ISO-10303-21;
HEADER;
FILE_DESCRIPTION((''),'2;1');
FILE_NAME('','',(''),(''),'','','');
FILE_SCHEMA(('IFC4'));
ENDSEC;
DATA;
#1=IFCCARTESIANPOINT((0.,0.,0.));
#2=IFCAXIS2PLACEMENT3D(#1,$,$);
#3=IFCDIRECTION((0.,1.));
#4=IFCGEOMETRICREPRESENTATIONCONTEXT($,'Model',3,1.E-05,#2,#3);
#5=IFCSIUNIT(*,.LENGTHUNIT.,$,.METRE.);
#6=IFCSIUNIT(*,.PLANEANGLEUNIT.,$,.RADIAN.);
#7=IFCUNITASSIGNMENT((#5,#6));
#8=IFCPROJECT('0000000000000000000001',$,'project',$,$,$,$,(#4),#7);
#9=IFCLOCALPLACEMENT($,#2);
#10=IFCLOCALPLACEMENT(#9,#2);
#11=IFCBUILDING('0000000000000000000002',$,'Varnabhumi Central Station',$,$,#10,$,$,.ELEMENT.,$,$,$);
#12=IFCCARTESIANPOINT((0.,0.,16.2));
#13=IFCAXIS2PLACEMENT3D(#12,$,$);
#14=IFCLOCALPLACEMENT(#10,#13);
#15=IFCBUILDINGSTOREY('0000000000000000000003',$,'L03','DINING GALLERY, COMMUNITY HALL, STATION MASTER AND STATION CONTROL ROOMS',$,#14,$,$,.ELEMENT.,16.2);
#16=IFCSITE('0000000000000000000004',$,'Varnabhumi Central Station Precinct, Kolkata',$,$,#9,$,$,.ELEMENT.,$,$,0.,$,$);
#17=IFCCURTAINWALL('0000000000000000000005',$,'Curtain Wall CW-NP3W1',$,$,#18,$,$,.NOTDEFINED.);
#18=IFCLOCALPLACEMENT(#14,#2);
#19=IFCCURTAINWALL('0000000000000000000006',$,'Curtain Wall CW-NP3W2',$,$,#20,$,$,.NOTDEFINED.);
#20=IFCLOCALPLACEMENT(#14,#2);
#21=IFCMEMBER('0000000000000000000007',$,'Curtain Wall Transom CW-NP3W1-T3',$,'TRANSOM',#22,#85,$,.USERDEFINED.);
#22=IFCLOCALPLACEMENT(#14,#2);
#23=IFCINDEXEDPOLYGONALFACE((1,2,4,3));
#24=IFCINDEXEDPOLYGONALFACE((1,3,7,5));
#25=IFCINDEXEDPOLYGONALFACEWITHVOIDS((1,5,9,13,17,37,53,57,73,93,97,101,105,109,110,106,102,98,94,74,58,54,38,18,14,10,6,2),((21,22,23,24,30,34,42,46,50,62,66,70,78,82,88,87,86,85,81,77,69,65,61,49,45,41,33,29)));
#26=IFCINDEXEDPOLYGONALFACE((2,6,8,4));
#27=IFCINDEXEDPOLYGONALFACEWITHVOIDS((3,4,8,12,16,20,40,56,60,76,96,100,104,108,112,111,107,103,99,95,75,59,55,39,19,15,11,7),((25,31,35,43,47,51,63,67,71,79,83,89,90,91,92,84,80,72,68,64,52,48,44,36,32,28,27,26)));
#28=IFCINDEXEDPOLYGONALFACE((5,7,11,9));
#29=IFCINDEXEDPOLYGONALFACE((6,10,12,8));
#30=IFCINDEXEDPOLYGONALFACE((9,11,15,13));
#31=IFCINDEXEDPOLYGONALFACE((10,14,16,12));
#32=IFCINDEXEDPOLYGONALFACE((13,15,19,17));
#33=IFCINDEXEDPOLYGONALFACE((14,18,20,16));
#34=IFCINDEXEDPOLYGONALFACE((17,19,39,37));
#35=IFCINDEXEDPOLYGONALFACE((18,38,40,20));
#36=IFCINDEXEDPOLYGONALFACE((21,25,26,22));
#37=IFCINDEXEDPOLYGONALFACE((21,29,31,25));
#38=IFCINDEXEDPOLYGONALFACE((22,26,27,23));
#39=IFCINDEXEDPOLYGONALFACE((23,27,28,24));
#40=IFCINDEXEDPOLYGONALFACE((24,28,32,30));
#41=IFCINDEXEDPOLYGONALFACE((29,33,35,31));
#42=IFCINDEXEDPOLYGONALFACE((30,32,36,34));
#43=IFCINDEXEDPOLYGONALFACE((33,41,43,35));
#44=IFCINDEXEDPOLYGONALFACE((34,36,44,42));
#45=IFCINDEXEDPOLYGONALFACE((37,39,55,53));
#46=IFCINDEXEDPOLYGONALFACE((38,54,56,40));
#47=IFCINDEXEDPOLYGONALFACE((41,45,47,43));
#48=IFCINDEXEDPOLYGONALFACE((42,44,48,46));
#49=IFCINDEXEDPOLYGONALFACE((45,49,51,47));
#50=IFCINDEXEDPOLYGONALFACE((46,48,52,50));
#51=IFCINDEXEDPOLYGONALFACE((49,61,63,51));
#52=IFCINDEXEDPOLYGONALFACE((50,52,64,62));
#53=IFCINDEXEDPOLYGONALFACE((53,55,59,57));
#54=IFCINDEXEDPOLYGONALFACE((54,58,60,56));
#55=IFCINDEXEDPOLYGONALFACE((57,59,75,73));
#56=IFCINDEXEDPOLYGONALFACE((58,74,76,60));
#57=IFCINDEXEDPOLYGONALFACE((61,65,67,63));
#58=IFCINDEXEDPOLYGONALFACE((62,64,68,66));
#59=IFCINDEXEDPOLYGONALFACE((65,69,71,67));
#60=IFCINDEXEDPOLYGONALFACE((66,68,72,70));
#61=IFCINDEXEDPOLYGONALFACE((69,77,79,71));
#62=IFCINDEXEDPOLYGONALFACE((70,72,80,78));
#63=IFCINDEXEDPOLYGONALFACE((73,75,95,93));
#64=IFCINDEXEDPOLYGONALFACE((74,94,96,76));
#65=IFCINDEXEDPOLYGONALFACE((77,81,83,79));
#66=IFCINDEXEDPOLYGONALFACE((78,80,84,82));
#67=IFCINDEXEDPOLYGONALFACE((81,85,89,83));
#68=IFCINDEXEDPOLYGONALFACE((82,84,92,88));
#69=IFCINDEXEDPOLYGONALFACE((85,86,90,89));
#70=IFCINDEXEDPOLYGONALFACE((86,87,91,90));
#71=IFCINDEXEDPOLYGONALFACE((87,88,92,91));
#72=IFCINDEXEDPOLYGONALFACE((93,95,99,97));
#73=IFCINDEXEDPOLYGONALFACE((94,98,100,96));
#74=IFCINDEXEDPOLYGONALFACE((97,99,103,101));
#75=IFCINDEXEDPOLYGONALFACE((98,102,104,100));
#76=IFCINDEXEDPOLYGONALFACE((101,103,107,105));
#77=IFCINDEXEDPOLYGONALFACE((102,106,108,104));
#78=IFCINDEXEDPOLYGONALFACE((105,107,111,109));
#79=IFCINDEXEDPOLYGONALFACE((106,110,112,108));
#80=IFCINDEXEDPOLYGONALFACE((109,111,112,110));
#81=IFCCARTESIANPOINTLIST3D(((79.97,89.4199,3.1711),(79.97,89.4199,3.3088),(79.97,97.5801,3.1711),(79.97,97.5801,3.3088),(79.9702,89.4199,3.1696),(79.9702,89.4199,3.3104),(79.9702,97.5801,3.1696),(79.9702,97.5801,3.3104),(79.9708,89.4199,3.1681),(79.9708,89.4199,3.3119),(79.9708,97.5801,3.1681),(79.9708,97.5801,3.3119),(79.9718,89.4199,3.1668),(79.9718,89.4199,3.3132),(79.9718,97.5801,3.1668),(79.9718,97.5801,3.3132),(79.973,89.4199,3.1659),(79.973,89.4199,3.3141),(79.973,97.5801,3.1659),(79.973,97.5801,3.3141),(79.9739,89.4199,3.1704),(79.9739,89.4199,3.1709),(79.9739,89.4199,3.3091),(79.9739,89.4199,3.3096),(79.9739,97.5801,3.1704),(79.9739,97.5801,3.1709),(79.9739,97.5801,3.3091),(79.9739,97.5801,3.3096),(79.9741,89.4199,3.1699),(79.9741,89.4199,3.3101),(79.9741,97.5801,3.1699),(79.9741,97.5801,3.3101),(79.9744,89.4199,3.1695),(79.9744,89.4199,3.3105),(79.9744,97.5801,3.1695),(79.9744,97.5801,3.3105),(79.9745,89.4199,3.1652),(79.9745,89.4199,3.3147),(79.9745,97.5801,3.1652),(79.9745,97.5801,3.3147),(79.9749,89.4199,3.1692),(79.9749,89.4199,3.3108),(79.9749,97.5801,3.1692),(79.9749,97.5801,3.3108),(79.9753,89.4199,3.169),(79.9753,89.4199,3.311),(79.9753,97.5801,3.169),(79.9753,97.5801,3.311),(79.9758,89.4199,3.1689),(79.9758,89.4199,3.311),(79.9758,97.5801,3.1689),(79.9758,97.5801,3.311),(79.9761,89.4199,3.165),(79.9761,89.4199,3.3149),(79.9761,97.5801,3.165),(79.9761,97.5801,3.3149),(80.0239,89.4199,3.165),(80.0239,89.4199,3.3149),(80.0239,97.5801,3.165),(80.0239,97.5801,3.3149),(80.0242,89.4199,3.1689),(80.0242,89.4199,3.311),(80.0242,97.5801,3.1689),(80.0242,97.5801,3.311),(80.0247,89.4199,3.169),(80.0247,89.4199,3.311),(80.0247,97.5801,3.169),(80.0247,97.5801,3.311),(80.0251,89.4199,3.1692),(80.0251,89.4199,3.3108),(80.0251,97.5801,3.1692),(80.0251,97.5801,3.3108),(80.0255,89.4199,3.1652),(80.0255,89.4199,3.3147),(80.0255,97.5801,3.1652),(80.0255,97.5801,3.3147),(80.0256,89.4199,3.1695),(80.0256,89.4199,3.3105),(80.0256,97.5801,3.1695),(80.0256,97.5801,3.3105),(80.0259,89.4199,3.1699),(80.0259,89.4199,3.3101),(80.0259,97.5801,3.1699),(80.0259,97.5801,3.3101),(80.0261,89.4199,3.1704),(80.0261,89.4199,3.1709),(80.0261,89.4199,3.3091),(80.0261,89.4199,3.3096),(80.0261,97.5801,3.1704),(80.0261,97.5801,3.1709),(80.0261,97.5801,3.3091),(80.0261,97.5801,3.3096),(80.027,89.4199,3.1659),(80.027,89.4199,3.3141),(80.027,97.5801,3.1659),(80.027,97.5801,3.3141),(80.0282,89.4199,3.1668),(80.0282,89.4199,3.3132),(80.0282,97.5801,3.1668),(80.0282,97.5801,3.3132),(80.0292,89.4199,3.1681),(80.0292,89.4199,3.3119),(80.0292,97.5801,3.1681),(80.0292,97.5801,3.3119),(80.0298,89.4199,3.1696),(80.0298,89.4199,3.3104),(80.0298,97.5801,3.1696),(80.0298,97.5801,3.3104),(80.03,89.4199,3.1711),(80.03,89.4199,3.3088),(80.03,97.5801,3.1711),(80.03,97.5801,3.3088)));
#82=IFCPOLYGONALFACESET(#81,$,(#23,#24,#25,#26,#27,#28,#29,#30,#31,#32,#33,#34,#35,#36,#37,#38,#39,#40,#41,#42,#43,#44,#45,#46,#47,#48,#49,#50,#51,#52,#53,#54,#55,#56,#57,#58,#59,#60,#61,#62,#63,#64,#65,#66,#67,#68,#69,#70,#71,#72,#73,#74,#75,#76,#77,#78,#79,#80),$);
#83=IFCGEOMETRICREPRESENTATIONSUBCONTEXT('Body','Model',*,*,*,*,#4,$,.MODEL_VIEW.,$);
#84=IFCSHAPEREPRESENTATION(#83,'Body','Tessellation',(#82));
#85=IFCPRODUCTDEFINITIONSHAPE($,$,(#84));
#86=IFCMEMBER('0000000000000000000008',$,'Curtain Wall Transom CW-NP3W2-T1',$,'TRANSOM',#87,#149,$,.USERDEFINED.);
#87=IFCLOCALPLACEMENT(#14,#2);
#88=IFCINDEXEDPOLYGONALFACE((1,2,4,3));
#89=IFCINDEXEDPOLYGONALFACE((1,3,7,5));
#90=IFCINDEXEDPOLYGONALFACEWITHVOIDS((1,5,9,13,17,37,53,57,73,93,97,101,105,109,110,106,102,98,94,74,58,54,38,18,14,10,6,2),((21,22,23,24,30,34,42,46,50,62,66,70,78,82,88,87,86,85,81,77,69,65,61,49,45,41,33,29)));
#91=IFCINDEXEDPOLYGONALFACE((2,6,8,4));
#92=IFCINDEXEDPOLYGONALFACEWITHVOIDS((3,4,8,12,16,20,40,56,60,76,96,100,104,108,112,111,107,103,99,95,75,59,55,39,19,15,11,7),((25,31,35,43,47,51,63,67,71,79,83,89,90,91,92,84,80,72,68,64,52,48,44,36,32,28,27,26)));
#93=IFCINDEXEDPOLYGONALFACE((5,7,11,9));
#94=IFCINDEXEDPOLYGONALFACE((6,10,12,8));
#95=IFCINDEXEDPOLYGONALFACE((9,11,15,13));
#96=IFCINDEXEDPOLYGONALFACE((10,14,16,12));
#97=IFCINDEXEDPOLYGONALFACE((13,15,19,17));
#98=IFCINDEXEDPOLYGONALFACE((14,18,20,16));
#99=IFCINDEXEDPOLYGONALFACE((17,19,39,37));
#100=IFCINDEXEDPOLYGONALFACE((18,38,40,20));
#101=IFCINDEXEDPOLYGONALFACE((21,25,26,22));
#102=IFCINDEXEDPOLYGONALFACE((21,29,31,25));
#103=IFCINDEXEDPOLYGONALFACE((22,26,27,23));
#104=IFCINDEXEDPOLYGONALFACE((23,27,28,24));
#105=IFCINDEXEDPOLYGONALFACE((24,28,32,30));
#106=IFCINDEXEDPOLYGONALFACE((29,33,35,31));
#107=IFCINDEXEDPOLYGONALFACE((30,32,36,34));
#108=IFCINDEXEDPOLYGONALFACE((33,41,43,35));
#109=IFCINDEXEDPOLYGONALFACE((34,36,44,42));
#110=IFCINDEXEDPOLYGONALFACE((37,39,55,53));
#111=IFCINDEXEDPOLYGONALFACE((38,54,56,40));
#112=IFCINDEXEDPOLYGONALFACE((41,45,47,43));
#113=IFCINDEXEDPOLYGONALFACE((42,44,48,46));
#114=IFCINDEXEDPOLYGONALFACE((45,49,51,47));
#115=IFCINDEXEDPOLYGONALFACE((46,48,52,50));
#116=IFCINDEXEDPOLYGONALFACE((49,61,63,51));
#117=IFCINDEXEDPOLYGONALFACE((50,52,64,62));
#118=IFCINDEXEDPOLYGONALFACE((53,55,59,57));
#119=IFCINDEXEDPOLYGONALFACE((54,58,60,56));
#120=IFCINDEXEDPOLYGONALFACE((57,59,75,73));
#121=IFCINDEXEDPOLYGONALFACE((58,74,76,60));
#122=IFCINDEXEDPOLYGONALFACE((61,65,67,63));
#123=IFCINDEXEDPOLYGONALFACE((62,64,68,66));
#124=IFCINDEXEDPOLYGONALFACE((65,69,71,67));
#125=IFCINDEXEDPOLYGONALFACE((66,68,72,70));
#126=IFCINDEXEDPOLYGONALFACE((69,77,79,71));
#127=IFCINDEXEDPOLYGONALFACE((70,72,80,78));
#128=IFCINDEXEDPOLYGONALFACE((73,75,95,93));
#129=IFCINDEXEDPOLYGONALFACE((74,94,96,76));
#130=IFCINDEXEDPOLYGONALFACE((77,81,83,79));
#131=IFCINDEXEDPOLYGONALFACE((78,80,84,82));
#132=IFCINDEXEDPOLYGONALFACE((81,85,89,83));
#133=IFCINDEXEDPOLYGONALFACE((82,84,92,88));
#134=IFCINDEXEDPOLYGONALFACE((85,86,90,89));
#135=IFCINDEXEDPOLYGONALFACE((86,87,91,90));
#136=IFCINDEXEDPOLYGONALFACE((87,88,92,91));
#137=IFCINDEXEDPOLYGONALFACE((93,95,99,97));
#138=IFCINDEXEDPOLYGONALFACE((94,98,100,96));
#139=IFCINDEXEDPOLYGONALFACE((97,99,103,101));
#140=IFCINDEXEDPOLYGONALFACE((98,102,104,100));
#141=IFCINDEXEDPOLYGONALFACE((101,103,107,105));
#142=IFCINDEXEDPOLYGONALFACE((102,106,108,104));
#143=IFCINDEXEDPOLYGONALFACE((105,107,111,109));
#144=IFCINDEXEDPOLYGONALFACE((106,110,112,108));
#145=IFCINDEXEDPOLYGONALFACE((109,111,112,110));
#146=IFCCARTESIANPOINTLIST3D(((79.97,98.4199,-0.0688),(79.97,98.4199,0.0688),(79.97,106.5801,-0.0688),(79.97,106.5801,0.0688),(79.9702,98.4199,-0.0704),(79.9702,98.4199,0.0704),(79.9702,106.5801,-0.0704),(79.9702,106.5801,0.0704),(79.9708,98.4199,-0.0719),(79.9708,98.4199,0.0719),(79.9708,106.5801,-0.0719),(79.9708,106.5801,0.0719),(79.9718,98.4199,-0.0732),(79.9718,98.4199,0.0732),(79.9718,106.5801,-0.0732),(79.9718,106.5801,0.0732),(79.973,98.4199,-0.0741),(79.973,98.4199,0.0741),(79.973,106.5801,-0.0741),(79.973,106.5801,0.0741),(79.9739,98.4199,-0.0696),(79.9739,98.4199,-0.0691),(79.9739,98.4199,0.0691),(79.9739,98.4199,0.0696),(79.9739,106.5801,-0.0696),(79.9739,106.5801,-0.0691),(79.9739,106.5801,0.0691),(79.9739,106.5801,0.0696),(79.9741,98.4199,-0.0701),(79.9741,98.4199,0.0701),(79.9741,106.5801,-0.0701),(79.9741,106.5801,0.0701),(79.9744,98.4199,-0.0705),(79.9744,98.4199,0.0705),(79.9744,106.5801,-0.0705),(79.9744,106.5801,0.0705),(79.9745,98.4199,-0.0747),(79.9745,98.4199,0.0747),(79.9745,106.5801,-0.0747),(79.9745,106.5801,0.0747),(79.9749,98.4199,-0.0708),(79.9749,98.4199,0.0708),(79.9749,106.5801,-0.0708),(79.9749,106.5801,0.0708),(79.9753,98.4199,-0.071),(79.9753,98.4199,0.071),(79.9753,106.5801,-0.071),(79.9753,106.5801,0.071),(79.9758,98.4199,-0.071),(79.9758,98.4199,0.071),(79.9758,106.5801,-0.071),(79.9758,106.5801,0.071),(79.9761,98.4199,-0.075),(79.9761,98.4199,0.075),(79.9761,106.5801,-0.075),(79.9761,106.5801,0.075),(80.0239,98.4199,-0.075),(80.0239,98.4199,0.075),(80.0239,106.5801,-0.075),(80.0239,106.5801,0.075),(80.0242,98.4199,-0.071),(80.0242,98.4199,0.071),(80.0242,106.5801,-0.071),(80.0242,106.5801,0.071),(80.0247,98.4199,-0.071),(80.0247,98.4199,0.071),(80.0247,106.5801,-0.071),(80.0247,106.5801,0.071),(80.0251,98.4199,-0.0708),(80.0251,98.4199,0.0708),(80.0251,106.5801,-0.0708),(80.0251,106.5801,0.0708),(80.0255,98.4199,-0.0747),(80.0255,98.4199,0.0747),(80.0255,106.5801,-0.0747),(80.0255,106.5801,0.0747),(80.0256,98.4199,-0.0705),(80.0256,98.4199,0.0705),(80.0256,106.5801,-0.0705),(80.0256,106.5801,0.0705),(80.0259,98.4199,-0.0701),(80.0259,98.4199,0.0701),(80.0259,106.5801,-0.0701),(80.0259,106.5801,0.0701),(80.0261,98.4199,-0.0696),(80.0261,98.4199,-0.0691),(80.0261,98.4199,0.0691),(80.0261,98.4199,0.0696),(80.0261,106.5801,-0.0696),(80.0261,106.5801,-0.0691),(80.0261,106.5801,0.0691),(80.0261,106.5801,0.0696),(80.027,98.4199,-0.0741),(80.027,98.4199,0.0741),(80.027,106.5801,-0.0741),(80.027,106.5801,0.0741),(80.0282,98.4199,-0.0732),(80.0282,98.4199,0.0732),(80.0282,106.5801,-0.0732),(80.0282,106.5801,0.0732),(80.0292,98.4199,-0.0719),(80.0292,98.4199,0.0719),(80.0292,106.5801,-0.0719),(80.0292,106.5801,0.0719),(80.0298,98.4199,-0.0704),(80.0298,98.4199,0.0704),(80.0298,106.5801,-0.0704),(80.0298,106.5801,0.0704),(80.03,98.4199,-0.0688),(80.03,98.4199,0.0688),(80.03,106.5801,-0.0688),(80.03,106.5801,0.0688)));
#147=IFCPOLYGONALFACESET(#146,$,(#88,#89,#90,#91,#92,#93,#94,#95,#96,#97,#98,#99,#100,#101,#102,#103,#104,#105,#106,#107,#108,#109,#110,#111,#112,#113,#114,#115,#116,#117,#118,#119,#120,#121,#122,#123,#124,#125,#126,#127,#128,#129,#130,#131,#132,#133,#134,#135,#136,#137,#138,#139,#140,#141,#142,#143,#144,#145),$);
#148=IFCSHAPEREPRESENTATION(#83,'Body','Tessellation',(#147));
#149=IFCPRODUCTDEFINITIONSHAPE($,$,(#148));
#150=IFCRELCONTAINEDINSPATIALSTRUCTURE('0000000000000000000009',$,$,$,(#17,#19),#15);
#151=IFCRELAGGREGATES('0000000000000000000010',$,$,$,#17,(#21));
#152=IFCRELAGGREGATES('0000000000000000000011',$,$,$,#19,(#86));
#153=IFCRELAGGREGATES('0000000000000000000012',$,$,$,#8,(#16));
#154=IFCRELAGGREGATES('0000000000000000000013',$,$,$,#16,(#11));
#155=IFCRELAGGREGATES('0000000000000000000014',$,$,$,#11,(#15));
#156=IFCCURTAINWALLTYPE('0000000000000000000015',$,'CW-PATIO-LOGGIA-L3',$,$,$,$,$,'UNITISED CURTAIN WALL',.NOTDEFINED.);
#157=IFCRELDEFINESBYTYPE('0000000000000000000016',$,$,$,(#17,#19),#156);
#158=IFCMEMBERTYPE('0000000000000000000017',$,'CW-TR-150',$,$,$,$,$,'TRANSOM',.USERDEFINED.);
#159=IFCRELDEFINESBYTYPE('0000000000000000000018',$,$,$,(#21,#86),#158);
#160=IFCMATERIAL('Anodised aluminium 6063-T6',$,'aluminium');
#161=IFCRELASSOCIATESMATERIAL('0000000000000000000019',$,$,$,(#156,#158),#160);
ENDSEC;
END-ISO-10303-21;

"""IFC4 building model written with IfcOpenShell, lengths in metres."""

from ifc_helpers import new_model, si_unit, direction, frame, origin, origin_2d, place, context, subcontext, project, spatial, hollow_rectangle, extrude, material, material_profile, profile_set, type_object, element, aggregate, save


model = new_model("IFC4")

# Units and contexts
model_context = context("Model", 3, precision=1e-05, world=origin(), true_north=direction((0.0, 1.0)))
body_context = subcontext(model_context, "Body", "Model", "MODEL_VIEW")
ifc_project = project(units=[si_unit("LENGTHUNIT", "METRE"), si_unit("PLANEANGLEUNIT", "RADIAN")], contexts=[model_context])

# Site, building, storey
site_placement = place(None, origin())
site = spatial("IfcSite", under=ifc_project, at=site_placement, Name="Varnabhumi Central Station Precinct, Kolkata", CompositionType="ELEMENT", RefElevation=0.0)
building_placement = place(site_placement, origin())
building = spatial("IfcBuilding", under=site, at=building_placement, Name="Varnabhumi Central Station", CompositionType="ELEMENT")
storey_placement = place(building_placement, frame((0.0, 0.0, 16.2)))
storey = spatial("IfcBuildingStorey", under=building, at=storey_placement, Name="L03", Description="DINING GALLERY, COMMUNITY HALL, STATION MASTER AND STATION CONTROL ROOMS", CompositionType="ELEMENT", Elevation=16.2)

# Curtain wall
ifc_material_1 = material(Name="Anodised aluminium 6063-T6", Category="aluminium")
curtain_wall_type = type_object("IfcCurtainWallType", Name="CW-PATIO-LOGGIA-L3", ElementType="UNITISED CURTAIN WALL", PredefinedType="NOTDEFINED", material=ifc_material_1)
curtain_wall_1_placement = place(storey_placement, origin())
curtain_wall_1 = element("IfcCurtainWall", 1, at=curtain_wall_1_placement, inside=storey, type_object=curtain_wall_type, Name="Curtain Wall CW-NP3W1", PredefinedType="NOTDEFINED")

# Curtain wall
curtain_wall_2_placement = place(storey_placement, origin())
curtain_wall_2 = element("IfcCurtainWall", 2, at=curtain_wall_2_placement, inside=storey, type_object=curtain_wall_type, Name="Curtain Wall CW-NP3W2", PredefinedType="NOTDEFINED")

# Members
ifc_material_profile_1 = material_profile(ifc_material_1, hollow_rectangle(XDim=0.0601, YDim=0.1499, WallThickness=0.0039, InnerFilletRadius=0.002, OuterFilletRadius=0.0061, at=origin_2d()), Name="Anodised aluminium 6063-T6", Category="aluminium")
ifc_profile_set_1 = profile_set([ifc_material_profile_1], Name="Anodised aluminium 6063-T6")
member_type_1 = type_object("IfcMemberType", Name="CW-TR-150", ElementType="TRANSOM", PredefinedType="USERDEFINED", material=ifc_profile_set_1)
member_1_placement = place(storey_placement, frame((80.0, 89.4199, 3.24), z_axis=(0.0, 1.0, 0.0), x_axis=(-1.0, 0.0, 0.0)))
member_1 = element("IfcMember", 3, at=member_1_placement, type_object=member_type_1, Name="Curtain Wall Transom CW-NP3W1-T3", ObjectType="TRANSOM", PredefinedType="USERDEFINED", context=body_context, shape_type="SweptSolid", body=[
    extrude(hollow_rectangle(XDim=0.0601, YDim=0.1499, WallThickness=0.0039, InnerFilletRadius=0.002, OuterFilletRadius=0.0061, at=origin_2d()), origin(), (0.0, 0.0, 1.0), 8.1602),
])
member_2_placement = place(storey_placement, frame((80.0, 98.4199, 0.0), z_axis=(0.0, 1.0, 0.0), x_axis=(-1.0, 0.0, 0.0)))
member_2 = element("IfcMember", 4, at=member_2_placement, type_object=member_type_1, Name="Curtain Wall Transom CW-NP3W2-T1", ObjectType="TRANSOM", PredefinedType="USERDEFINED", context=body_context, shape_type="SweptSolid", body=[
    extrude(hollow_rectangle(XDim=0.0601, YDim=0.1499, WallThickness=0.0039, InnerFilletRadius=0.002, OuterFilletRadius=0.0061, at=origin_2d()), origin(), (0.0, 0.0, 1.0), 8.1602),
])

aggregate(curtain_wall_1, [member_1])
aggregate(curtain_wall_2, [member_2])

save(model, "model.ifc")
